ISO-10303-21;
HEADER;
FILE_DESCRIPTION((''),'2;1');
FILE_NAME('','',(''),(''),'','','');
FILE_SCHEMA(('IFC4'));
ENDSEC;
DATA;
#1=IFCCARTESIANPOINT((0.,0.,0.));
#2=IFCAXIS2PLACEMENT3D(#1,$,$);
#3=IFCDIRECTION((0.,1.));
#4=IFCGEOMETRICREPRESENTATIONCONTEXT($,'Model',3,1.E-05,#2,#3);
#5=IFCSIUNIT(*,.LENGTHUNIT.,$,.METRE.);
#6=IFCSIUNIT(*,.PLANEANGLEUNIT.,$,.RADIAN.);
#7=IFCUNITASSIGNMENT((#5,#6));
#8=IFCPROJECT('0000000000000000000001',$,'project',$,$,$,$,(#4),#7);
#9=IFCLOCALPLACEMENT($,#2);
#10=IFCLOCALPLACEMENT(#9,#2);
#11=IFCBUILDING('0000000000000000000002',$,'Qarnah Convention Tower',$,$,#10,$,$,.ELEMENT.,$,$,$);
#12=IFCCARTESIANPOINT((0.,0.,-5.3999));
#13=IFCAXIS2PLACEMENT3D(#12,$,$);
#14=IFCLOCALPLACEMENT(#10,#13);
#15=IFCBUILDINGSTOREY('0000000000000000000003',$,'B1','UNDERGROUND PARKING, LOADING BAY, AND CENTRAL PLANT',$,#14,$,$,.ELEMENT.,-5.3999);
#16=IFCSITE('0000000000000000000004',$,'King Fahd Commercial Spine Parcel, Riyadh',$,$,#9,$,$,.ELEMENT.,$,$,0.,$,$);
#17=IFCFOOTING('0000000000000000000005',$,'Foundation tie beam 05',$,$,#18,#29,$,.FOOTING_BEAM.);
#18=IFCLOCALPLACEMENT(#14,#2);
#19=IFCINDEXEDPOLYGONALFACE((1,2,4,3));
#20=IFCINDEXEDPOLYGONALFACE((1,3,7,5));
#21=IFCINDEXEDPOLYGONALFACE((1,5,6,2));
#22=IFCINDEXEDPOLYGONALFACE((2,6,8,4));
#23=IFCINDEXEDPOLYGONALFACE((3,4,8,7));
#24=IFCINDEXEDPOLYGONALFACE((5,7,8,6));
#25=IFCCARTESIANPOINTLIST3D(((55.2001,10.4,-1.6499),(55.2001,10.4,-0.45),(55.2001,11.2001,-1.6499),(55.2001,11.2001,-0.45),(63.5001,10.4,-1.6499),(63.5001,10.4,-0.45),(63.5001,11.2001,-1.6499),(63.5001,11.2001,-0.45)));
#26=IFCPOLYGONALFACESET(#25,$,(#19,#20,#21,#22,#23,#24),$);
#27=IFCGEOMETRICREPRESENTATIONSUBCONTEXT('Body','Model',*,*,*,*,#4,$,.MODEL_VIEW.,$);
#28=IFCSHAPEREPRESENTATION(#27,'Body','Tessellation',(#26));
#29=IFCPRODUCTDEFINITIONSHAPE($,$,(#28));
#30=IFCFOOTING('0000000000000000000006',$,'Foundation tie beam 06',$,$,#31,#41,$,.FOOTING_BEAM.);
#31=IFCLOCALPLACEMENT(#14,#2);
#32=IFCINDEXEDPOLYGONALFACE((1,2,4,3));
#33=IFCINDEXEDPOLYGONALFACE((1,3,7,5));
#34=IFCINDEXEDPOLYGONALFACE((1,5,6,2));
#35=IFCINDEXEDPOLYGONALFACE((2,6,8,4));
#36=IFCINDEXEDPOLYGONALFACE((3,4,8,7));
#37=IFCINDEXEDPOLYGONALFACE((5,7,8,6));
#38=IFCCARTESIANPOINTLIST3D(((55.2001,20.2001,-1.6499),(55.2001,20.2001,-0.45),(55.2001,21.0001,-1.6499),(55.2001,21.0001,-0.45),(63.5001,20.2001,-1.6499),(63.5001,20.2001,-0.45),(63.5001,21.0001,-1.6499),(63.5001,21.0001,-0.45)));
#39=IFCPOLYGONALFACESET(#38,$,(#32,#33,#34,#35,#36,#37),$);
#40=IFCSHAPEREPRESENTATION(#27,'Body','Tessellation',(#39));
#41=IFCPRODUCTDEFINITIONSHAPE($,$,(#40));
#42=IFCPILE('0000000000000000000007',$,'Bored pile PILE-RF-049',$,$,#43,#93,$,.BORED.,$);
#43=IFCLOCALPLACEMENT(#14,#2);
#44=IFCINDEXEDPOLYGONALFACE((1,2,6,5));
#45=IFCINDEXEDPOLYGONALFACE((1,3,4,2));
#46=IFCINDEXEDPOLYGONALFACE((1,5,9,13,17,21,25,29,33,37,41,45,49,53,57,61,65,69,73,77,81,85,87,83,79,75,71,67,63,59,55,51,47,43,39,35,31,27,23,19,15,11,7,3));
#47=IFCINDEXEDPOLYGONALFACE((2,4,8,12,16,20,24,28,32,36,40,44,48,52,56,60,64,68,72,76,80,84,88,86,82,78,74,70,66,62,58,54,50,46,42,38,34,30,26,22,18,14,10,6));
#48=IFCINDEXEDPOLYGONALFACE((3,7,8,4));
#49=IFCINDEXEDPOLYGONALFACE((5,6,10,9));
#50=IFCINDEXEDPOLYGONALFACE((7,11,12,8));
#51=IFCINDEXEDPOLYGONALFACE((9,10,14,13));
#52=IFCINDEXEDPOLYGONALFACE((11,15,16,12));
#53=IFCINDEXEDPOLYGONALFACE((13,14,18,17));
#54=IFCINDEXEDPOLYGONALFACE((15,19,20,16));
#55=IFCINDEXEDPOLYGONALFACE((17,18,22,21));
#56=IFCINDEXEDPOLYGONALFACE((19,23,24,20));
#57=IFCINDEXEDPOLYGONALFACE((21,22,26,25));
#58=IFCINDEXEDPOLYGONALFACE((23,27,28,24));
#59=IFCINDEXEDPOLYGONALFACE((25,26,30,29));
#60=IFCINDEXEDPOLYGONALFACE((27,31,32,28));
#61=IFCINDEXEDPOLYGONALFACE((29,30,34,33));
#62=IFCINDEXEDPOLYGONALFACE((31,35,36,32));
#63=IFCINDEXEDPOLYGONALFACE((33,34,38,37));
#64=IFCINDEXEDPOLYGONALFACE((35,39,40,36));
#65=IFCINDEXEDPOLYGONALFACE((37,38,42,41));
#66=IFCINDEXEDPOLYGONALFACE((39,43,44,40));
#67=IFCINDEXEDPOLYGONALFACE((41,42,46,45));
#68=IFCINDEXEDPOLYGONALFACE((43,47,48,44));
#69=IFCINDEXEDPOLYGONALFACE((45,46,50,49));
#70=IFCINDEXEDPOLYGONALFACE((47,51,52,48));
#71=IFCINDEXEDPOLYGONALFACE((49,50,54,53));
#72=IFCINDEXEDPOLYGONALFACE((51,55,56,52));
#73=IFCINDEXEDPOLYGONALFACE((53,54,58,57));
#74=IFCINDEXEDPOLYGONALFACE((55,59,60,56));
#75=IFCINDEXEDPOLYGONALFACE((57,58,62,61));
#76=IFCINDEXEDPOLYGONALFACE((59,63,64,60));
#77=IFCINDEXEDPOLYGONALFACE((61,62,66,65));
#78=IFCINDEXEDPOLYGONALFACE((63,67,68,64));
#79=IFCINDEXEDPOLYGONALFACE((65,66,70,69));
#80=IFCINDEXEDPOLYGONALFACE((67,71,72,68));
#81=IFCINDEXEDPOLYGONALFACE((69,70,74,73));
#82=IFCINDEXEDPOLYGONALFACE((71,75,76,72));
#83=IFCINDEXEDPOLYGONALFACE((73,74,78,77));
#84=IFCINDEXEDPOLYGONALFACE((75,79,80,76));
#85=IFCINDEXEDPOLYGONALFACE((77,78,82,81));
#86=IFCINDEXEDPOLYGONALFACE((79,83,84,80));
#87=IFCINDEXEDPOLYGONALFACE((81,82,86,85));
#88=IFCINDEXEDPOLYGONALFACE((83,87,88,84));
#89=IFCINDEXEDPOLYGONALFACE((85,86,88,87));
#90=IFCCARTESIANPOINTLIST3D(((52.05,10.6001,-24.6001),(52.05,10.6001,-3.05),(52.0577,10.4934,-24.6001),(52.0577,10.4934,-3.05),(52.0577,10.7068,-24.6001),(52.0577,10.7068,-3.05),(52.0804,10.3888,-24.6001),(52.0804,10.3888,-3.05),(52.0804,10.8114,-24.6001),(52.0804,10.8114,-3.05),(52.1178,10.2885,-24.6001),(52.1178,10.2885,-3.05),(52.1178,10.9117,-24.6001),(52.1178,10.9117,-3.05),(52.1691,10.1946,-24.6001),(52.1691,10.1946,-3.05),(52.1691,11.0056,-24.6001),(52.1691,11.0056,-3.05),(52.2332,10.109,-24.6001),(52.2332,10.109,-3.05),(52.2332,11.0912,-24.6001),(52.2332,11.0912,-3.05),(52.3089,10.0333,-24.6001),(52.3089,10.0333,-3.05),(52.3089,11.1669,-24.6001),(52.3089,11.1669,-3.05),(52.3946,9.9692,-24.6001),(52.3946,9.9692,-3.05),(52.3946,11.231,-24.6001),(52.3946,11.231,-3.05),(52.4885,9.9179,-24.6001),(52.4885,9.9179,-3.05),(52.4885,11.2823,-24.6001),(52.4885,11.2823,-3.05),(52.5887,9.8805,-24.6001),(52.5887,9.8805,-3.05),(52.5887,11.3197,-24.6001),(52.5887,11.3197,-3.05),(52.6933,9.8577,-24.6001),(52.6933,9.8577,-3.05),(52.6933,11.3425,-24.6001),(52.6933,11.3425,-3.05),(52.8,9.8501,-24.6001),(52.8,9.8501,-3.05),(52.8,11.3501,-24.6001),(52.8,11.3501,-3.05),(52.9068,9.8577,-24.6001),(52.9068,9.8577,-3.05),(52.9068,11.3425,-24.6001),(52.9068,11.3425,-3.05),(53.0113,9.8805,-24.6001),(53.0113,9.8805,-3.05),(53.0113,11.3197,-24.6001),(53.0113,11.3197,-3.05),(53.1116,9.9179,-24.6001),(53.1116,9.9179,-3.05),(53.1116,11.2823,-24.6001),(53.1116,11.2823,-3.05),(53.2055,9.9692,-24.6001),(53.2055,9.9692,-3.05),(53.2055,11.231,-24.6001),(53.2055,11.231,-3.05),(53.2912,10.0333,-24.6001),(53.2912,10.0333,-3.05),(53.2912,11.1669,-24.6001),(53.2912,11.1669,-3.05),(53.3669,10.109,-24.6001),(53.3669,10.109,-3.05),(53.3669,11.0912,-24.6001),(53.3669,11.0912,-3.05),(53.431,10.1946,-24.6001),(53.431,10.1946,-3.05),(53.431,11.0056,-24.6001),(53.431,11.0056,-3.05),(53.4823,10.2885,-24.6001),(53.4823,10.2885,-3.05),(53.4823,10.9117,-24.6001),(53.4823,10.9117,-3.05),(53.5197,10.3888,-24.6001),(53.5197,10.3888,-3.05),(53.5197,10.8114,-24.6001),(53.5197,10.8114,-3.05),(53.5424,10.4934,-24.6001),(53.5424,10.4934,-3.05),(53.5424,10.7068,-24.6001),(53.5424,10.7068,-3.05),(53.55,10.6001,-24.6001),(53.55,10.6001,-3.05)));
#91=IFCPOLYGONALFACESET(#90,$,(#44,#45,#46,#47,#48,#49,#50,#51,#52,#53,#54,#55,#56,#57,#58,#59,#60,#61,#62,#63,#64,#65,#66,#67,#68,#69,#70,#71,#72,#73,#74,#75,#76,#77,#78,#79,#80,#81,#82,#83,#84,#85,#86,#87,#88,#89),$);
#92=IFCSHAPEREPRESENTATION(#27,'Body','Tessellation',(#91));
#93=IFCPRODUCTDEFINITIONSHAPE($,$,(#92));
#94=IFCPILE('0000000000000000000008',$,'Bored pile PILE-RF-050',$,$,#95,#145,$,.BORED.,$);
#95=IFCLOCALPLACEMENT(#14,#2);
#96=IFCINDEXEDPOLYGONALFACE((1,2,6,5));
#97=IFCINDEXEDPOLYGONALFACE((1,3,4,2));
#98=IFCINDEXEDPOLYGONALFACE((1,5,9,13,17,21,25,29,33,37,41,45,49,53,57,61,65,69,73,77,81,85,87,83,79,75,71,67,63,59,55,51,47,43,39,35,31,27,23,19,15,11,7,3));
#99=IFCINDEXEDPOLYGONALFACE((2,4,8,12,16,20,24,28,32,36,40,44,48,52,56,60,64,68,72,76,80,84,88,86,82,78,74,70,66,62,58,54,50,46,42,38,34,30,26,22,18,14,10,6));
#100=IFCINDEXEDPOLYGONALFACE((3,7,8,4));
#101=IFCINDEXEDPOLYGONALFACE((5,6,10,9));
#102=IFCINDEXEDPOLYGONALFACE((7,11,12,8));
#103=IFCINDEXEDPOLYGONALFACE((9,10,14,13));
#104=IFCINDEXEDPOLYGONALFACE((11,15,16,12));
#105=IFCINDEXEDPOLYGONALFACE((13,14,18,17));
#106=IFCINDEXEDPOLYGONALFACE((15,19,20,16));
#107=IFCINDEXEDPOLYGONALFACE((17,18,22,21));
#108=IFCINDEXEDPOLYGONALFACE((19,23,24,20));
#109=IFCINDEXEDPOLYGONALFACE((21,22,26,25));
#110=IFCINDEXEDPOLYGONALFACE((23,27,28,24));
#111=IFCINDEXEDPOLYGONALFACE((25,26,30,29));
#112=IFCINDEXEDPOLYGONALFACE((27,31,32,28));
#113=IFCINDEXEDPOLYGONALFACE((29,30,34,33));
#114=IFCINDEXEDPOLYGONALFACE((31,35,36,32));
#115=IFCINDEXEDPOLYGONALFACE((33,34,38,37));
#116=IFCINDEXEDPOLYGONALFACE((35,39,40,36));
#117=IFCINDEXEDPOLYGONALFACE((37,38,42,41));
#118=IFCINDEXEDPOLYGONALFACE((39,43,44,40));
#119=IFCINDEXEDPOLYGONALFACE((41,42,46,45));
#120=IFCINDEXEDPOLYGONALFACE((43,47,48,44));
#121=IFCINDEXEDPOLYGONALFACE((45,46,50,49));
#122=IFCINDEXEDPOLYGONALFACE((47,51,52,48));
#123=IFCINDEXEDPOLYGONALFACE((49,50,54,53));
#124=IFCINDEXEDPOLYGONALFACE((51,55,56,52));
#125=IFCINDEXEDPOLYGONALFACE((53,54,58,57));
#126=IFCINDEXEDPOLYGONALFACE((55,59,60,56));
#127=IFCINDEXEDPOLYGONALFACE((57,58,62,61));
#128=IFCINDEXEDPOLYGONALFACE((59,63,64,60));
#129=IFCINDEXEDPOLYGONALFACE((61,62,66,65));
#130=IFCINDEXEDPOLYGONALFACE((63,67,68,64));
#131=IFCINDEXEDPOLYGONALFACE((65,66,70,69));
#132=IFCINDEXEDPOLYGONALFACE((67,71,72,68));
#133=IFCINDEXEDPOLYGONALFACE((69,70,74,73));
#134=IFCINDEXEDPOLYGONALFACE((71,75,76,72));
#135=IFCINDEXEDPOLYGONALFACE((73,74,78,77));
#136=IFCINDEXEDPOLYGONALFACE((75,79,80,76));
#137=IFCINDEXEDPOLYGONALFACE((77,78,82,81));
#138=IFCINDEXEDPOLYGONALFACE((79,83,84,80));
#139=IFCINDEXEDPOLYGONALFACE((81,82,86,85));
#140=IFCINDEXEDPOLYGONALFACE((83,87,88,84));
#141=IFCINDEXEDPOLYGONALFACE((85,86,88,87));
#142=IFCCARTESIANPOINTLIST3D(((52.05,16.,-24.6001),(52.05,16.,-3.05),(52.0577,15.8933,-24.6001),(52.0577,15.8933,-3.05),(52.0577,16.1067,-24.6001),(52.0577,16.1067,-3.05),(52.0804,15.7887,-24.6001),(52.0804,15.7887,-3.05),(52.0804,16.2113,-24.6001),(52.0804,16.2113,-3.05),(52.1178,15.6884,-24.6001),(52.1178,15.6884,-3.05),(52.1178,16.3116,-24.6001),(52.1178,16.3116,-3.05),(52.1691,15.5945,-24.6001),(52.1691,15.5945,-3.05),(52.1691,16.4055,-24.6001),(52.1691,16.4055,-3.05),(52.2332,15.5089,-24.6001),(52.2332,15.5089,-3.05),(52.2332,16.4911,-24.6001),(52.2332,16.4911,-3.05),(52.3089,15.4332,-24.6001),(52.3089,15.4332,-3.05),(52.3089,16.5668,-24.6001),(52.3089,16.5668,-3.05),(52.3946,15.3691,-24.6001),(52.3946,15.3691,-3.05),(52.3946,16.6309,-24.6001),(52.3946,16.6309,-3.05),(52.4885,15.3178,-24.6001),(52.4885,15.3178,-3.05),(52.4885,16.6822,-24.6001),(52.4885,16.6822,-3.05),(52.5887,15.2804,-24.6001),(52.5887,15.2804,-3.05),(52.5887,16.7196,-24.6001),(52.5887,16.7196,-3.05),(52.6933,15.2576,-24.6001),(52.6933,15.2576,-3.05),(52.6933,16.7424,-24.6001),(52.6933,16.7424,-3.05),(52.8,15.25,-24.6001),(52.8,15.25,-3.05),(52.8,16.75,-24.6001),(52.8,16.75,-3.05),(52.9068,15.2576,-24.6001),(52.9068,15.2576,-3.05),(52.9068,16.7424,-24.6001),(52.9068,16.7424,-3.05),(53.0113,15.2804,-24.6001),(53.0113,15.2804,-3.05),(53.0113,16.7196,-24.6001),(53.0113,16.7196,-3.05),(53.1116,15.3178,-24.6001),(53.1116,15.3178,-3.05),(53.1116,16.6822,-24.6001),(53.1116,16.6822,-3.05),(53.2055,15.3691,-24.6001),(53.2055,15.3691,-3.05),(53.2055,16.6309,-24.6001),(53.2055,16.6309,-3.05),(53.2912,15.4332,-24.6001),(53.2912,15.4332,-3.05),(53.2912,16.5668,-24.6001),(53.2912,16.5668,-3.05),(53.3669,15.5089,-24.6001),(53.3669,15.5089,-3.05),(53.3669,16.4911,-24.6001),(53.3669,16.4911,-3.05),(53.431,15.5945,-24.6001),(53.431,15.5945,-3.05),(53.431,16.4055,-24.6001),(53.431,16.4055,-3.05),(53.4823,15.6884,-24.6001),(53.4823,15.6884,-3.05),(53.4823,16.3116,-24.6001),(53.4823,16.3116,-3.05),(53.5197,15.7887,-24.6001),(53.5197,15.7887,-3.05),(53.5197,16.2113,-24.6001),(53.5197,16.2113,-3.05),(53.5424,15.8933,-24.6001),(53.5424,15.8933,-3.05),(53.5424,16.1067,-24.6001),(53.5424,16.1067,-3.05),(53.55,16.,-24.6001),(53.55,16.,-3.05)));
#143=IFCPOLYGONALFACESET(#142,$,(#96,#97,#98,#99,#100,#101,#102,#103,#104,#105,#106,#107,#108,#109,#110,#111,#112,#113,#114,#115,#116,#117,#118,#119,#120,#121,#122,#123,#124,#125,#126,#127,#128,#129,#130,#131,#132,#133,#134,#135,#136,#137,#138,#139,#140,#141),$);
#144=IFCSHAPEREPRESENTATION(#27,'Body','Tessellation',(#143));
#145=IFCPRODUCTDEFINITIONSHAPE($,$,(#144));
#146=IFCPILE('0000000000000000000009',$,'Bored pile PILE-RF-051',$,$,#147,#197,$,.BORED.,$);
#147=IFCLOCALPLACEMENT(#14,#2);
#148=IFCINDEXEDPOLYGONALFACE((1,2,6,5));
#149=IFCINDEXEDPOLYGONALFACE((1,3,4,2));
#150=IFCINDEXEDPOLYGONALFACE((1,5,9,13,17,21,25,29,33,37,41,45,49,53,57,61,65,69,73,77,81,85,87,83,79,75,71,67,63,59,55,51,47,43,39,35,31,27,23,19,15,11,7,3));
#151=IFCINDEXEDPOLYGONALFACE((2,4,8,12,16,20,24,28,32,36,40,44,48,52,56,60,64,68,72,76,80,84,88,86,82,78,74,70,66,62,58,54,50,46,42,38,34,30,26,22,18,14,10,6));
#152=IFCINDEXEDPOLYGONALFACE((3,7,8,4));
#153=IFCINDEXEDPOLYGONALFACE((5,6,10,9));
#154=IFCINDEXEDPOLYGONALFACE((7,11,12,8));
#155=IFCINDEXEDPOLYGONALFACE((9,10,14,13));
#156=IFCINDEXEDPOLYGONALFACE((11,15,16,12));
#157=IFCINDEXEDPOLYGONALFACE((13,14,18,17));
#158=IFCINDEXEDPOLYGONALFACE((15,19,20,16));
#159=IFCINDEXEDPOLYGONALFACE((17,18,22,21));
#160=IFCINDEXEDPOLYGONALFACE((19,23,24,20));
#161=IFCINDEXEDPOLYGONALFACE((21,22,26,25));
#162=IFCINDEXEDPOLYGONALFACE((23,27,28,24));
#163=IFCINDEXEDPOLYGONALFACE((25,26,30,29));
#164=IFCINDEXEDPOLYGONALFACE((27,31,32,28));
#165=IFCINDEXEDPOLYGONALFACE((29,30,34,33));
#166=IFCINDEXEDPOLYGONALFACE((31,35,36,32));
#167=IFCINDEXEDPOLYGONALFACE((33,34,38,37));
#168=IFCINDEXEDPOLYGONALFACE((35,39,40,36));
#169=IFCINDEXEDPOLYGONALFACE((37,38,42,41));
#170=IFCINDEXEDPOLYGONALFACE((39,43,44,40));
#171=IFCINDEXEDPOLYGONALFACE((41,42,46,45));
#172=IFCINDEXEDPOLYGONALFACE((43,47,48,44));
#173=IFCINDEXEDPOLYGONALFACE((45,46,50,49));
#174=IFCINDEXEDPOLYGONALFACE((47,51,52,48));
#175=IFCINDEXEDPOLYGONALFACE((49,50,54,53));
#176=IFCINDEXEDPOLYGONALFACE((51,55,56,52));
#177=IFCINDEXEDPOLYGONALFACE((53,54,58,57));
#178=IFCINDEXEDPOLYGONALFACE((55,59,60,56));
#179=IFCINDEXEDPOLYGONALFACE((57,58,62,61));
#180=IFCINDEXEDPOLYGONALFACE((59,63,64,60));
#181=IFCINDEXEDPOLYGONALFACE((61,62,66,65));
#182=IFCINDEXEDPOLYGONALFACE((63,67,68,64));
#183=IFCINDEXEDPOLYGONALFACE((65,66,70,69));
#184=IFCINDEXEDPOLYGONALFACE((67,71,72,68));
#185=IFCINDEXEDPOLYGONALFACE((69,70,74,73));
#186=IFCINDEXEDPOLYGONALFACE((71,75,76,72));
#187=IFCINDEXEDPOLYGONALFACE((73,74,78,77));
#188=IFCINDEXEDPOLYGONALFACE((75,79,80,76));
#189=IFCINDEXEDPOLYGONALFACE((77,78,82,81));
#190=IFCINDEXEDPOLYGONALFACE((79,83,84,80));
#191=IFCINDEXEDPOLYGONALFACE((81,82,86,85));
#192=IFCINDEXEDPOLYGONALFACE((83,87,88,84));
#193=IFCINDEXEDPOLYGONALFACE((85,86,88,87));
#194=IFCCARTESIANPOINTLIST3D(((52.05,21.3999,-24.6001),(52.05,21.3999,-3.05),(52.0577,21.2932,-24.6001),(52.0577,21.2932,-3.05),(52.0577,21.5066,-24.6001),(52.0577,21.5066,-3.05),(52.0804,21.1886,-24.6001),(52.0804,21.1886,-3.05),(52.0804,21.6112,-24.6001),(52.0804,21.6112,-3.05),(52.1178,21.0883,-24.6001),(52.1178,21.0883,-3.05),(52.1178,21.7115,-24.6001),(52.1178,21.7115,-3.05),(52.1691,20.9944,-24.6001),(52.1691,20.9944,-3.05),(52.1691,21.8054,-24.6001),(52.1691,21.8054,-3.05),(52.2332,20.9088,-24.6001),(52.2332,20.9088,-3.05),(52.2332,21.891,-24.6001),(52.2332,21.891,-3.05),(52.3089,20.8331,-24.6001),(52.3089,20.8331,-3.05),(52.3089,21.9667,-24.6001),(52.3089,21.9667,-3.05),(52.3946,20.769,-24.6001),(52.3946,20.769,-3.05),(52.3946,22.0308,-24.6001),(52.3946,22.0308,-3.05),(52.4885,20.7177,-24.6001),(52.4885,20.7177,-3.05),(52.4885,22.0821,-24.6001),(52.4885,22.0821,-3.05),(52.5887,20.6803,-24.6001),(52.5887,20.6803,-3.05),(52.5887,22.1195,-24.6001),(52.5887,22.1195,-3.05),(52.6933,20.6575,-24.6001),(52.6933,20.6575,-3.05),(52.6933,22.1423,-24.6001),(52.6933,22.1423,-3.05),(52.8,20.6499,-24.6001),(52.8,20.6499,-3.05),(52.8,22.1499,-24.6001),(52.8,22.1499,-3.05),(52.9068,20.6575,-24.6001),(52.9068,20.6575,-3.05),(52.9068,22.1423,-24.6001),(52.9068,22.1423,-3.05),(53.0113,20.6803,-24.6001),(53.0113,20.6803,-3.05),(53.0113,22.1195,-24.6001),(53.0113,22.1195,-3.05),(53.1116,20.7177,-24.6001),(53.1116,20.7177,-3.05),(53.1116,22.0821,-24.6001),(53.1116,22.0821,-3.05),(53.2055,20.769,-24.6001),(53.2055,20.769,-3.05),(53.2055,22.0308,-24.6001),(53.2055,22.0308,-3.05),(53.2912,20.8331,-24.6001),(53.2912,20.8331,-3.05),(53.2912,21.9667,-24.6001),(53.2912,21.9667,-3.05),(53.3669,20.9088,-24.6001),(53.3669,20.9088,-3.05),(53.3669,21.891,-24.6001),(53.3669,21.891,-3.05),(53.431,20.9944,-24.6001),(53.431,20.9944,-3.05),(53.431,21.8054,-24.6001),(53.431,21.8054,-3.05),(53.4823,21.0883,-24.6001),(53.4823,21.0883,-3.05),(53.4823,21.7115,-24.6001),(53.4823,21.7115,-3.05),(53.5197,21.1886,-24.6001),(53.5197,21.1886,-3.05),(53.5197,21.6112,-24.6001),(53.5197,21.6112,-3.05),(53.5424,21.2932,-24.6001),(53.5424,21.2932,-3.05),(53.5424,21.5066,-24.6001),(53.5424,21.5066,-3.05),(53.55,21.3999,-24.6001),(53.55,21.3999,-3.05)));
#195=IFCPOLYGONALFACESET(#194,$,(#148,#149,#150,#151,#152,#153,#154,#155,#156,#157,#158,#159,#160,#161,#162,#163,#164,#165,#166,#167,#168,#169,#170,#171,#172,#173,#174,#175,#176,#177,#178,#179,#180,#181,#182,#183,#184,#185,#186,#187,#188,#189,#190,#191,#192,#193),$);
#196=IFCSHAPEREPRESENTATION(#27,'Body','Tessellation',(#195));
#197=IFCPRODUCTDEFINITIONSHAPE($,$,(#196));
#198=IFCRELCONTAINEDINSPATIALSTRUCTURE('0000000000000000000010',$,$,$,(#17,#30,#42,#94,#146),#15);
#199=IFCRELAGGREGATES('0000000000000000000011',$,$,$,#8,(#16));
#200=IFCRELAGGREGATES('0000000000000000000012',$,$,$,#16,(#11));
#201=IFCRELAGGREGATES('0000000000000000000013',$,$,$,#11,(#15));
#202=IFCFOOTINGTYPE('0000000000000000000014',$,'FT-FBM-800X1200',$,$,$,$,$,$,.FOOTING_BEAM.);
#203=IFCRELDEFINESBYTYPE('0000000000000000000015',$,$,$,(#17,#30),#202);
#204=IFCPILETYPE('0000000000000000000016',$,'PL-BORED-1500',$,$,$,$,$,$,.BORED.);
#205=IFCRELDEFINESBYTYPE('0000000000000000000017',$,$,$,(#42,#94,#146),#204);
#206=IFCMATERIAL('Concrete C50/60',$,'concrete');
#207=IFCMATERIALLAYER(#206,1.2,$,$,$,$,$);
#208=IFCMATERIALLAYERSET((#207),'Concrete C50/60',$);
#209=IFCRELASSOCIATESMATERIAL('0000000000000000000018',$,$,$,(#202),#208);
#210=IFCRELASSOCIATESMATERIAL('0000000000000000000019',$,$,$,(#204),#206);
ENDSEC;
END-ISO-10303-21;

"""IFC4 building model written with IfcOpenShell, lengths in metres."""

from ifc_helpers import new_model, si_unit, direction, frame, origin, origin_2d, place, context, subcontext, project, spatial, rectangle, circle, extrude, material, layer, layer_set, material_profile, profile_set, type_object, element, save


model = new_model("IFC4")

# Units and contexts
model_context = context("Model", 3, precision=1e-05, world=origin(), true_north=direction((0.0, 1.0)))
body_context = subcontext(model_context, "Body", "Model", "MODEL_VIEW")
ifc_project = project(units=[si_unit("LENGTHUNIT", "METRE"), si_unit("PLANEANGLEUNIT", "RADIAN")], contexts=[model_context])

# Site, building, storey
site_placement = place(None, origin())
site = spatial("IfcSite", under=ifc_project, at=site_placement, Name="King Fahd Commercial Spine Parcel, Riyadh", CompositionType="ELEMENT", RefElevation=0.0)
building_placement = place(site_placement, origin())
building = spatial("IfcBuilding", under=site, at=building_placement, Name="Qarnah Convention Tower", CompositionType="ELEMENT")
storey_placement = place(building_placement, frame((0.0, 0.0, -5.3999)))
storey = spatial("IfcBuildingStorey", under=building, at=storey_placement, Name="B1", Description="UNDERGROUND PARKING, LOADING BAY, AND CENTRAL PLANT", CompositionType="ELEMENT", Elevation=-5.3999)

# Footings
ifc_material_1 = material(Name="Concrete C50/60", Category="concrete")
ifc_layer_1 = layer(ifc_material_1, 1.2)
ifc_layer_set_1 = layer_set([ifc_layer_1], Name="Concrete C50/60")
footing_type = type_object("IfcFootingType", Name="FT-FBM-800X1200", PredefinedType="FOOTING_BEAM", material=ifc_layer_set_1)
for number, where, z_axis, x_axis, name in (
    (1, (59.3501, 10.8, -1.6499), (0.0, 0.0, 1.0), (1.0, 0.0, 0.0), "Foundation tie beam 05"),
    (2, (59.3501, 20.6001, -1.6499), (0.0, 0.0, 1.0), (1.0, 0.0, 0.0), "Foundation tie beam 06"),
):
    element("IfcFooting", number, at=place(storey_placement, frame(where, z_axis=z_axis, x_axis=x_axis)), inside=storey, type_object=footing_type, Name=name, PredefinedType="FOOTING_BEAM", context=body_context, shape_type="SweptSolid", body=[
        extrude(rectangle(XDim=8.3, YDim=0.8, at=origin_2d()), origin(), (0.0, 0.0, 1.0), 1.2),
    ])

# Piles
ifc_material_profile_1 = material_profile(ifc_material_1, circle(Radius=0.75, at=origin_2d()), Name="PILE-D1500")
ifc_profile_set_1 = profile_set([ifc_material_profile_1], Name="Concrete C50/60")
pile_type = type_object("IfcPileType", Name="PL-BORED-1500", PredefinedType="BORED", material=ifc_profile_set_1)
for number, where, z_axis, x_axis, name in (
    (3, (52.8, 10.6001, -3.05), (0.0, 0.0, -1.0), (1.0, 0.0, 0.0), "Bored pile PILE-RF-049"),
    (4, (52.8, 16.0, -3.05), (0.0, 0.0, -1.0), (1.0, 0.0, 0.0), "Bored pile PILE-RF-050"),
    (5, (52.8, 21.3999, -3.05), (0.0, 0.0, -1.0), (1.0, 0.0, 0.0), "Bored pile PILE-RF-051"),
):
    element("IfcPile", number, at=place(storey_placement, frame(where, z_axis=z_axis, x_axis=x_axis)), inside=storey, type_object=pile_type, Name=name, PredefinedType="BORED", context=body_context, shape_type="SweptSolid", body=[
        extrude(circle(Radius=0.75, at=origin_2d()), origin(), (0.0, 0.0, 1.0), 21.55),
    ])

save(model, "model.ifc")
